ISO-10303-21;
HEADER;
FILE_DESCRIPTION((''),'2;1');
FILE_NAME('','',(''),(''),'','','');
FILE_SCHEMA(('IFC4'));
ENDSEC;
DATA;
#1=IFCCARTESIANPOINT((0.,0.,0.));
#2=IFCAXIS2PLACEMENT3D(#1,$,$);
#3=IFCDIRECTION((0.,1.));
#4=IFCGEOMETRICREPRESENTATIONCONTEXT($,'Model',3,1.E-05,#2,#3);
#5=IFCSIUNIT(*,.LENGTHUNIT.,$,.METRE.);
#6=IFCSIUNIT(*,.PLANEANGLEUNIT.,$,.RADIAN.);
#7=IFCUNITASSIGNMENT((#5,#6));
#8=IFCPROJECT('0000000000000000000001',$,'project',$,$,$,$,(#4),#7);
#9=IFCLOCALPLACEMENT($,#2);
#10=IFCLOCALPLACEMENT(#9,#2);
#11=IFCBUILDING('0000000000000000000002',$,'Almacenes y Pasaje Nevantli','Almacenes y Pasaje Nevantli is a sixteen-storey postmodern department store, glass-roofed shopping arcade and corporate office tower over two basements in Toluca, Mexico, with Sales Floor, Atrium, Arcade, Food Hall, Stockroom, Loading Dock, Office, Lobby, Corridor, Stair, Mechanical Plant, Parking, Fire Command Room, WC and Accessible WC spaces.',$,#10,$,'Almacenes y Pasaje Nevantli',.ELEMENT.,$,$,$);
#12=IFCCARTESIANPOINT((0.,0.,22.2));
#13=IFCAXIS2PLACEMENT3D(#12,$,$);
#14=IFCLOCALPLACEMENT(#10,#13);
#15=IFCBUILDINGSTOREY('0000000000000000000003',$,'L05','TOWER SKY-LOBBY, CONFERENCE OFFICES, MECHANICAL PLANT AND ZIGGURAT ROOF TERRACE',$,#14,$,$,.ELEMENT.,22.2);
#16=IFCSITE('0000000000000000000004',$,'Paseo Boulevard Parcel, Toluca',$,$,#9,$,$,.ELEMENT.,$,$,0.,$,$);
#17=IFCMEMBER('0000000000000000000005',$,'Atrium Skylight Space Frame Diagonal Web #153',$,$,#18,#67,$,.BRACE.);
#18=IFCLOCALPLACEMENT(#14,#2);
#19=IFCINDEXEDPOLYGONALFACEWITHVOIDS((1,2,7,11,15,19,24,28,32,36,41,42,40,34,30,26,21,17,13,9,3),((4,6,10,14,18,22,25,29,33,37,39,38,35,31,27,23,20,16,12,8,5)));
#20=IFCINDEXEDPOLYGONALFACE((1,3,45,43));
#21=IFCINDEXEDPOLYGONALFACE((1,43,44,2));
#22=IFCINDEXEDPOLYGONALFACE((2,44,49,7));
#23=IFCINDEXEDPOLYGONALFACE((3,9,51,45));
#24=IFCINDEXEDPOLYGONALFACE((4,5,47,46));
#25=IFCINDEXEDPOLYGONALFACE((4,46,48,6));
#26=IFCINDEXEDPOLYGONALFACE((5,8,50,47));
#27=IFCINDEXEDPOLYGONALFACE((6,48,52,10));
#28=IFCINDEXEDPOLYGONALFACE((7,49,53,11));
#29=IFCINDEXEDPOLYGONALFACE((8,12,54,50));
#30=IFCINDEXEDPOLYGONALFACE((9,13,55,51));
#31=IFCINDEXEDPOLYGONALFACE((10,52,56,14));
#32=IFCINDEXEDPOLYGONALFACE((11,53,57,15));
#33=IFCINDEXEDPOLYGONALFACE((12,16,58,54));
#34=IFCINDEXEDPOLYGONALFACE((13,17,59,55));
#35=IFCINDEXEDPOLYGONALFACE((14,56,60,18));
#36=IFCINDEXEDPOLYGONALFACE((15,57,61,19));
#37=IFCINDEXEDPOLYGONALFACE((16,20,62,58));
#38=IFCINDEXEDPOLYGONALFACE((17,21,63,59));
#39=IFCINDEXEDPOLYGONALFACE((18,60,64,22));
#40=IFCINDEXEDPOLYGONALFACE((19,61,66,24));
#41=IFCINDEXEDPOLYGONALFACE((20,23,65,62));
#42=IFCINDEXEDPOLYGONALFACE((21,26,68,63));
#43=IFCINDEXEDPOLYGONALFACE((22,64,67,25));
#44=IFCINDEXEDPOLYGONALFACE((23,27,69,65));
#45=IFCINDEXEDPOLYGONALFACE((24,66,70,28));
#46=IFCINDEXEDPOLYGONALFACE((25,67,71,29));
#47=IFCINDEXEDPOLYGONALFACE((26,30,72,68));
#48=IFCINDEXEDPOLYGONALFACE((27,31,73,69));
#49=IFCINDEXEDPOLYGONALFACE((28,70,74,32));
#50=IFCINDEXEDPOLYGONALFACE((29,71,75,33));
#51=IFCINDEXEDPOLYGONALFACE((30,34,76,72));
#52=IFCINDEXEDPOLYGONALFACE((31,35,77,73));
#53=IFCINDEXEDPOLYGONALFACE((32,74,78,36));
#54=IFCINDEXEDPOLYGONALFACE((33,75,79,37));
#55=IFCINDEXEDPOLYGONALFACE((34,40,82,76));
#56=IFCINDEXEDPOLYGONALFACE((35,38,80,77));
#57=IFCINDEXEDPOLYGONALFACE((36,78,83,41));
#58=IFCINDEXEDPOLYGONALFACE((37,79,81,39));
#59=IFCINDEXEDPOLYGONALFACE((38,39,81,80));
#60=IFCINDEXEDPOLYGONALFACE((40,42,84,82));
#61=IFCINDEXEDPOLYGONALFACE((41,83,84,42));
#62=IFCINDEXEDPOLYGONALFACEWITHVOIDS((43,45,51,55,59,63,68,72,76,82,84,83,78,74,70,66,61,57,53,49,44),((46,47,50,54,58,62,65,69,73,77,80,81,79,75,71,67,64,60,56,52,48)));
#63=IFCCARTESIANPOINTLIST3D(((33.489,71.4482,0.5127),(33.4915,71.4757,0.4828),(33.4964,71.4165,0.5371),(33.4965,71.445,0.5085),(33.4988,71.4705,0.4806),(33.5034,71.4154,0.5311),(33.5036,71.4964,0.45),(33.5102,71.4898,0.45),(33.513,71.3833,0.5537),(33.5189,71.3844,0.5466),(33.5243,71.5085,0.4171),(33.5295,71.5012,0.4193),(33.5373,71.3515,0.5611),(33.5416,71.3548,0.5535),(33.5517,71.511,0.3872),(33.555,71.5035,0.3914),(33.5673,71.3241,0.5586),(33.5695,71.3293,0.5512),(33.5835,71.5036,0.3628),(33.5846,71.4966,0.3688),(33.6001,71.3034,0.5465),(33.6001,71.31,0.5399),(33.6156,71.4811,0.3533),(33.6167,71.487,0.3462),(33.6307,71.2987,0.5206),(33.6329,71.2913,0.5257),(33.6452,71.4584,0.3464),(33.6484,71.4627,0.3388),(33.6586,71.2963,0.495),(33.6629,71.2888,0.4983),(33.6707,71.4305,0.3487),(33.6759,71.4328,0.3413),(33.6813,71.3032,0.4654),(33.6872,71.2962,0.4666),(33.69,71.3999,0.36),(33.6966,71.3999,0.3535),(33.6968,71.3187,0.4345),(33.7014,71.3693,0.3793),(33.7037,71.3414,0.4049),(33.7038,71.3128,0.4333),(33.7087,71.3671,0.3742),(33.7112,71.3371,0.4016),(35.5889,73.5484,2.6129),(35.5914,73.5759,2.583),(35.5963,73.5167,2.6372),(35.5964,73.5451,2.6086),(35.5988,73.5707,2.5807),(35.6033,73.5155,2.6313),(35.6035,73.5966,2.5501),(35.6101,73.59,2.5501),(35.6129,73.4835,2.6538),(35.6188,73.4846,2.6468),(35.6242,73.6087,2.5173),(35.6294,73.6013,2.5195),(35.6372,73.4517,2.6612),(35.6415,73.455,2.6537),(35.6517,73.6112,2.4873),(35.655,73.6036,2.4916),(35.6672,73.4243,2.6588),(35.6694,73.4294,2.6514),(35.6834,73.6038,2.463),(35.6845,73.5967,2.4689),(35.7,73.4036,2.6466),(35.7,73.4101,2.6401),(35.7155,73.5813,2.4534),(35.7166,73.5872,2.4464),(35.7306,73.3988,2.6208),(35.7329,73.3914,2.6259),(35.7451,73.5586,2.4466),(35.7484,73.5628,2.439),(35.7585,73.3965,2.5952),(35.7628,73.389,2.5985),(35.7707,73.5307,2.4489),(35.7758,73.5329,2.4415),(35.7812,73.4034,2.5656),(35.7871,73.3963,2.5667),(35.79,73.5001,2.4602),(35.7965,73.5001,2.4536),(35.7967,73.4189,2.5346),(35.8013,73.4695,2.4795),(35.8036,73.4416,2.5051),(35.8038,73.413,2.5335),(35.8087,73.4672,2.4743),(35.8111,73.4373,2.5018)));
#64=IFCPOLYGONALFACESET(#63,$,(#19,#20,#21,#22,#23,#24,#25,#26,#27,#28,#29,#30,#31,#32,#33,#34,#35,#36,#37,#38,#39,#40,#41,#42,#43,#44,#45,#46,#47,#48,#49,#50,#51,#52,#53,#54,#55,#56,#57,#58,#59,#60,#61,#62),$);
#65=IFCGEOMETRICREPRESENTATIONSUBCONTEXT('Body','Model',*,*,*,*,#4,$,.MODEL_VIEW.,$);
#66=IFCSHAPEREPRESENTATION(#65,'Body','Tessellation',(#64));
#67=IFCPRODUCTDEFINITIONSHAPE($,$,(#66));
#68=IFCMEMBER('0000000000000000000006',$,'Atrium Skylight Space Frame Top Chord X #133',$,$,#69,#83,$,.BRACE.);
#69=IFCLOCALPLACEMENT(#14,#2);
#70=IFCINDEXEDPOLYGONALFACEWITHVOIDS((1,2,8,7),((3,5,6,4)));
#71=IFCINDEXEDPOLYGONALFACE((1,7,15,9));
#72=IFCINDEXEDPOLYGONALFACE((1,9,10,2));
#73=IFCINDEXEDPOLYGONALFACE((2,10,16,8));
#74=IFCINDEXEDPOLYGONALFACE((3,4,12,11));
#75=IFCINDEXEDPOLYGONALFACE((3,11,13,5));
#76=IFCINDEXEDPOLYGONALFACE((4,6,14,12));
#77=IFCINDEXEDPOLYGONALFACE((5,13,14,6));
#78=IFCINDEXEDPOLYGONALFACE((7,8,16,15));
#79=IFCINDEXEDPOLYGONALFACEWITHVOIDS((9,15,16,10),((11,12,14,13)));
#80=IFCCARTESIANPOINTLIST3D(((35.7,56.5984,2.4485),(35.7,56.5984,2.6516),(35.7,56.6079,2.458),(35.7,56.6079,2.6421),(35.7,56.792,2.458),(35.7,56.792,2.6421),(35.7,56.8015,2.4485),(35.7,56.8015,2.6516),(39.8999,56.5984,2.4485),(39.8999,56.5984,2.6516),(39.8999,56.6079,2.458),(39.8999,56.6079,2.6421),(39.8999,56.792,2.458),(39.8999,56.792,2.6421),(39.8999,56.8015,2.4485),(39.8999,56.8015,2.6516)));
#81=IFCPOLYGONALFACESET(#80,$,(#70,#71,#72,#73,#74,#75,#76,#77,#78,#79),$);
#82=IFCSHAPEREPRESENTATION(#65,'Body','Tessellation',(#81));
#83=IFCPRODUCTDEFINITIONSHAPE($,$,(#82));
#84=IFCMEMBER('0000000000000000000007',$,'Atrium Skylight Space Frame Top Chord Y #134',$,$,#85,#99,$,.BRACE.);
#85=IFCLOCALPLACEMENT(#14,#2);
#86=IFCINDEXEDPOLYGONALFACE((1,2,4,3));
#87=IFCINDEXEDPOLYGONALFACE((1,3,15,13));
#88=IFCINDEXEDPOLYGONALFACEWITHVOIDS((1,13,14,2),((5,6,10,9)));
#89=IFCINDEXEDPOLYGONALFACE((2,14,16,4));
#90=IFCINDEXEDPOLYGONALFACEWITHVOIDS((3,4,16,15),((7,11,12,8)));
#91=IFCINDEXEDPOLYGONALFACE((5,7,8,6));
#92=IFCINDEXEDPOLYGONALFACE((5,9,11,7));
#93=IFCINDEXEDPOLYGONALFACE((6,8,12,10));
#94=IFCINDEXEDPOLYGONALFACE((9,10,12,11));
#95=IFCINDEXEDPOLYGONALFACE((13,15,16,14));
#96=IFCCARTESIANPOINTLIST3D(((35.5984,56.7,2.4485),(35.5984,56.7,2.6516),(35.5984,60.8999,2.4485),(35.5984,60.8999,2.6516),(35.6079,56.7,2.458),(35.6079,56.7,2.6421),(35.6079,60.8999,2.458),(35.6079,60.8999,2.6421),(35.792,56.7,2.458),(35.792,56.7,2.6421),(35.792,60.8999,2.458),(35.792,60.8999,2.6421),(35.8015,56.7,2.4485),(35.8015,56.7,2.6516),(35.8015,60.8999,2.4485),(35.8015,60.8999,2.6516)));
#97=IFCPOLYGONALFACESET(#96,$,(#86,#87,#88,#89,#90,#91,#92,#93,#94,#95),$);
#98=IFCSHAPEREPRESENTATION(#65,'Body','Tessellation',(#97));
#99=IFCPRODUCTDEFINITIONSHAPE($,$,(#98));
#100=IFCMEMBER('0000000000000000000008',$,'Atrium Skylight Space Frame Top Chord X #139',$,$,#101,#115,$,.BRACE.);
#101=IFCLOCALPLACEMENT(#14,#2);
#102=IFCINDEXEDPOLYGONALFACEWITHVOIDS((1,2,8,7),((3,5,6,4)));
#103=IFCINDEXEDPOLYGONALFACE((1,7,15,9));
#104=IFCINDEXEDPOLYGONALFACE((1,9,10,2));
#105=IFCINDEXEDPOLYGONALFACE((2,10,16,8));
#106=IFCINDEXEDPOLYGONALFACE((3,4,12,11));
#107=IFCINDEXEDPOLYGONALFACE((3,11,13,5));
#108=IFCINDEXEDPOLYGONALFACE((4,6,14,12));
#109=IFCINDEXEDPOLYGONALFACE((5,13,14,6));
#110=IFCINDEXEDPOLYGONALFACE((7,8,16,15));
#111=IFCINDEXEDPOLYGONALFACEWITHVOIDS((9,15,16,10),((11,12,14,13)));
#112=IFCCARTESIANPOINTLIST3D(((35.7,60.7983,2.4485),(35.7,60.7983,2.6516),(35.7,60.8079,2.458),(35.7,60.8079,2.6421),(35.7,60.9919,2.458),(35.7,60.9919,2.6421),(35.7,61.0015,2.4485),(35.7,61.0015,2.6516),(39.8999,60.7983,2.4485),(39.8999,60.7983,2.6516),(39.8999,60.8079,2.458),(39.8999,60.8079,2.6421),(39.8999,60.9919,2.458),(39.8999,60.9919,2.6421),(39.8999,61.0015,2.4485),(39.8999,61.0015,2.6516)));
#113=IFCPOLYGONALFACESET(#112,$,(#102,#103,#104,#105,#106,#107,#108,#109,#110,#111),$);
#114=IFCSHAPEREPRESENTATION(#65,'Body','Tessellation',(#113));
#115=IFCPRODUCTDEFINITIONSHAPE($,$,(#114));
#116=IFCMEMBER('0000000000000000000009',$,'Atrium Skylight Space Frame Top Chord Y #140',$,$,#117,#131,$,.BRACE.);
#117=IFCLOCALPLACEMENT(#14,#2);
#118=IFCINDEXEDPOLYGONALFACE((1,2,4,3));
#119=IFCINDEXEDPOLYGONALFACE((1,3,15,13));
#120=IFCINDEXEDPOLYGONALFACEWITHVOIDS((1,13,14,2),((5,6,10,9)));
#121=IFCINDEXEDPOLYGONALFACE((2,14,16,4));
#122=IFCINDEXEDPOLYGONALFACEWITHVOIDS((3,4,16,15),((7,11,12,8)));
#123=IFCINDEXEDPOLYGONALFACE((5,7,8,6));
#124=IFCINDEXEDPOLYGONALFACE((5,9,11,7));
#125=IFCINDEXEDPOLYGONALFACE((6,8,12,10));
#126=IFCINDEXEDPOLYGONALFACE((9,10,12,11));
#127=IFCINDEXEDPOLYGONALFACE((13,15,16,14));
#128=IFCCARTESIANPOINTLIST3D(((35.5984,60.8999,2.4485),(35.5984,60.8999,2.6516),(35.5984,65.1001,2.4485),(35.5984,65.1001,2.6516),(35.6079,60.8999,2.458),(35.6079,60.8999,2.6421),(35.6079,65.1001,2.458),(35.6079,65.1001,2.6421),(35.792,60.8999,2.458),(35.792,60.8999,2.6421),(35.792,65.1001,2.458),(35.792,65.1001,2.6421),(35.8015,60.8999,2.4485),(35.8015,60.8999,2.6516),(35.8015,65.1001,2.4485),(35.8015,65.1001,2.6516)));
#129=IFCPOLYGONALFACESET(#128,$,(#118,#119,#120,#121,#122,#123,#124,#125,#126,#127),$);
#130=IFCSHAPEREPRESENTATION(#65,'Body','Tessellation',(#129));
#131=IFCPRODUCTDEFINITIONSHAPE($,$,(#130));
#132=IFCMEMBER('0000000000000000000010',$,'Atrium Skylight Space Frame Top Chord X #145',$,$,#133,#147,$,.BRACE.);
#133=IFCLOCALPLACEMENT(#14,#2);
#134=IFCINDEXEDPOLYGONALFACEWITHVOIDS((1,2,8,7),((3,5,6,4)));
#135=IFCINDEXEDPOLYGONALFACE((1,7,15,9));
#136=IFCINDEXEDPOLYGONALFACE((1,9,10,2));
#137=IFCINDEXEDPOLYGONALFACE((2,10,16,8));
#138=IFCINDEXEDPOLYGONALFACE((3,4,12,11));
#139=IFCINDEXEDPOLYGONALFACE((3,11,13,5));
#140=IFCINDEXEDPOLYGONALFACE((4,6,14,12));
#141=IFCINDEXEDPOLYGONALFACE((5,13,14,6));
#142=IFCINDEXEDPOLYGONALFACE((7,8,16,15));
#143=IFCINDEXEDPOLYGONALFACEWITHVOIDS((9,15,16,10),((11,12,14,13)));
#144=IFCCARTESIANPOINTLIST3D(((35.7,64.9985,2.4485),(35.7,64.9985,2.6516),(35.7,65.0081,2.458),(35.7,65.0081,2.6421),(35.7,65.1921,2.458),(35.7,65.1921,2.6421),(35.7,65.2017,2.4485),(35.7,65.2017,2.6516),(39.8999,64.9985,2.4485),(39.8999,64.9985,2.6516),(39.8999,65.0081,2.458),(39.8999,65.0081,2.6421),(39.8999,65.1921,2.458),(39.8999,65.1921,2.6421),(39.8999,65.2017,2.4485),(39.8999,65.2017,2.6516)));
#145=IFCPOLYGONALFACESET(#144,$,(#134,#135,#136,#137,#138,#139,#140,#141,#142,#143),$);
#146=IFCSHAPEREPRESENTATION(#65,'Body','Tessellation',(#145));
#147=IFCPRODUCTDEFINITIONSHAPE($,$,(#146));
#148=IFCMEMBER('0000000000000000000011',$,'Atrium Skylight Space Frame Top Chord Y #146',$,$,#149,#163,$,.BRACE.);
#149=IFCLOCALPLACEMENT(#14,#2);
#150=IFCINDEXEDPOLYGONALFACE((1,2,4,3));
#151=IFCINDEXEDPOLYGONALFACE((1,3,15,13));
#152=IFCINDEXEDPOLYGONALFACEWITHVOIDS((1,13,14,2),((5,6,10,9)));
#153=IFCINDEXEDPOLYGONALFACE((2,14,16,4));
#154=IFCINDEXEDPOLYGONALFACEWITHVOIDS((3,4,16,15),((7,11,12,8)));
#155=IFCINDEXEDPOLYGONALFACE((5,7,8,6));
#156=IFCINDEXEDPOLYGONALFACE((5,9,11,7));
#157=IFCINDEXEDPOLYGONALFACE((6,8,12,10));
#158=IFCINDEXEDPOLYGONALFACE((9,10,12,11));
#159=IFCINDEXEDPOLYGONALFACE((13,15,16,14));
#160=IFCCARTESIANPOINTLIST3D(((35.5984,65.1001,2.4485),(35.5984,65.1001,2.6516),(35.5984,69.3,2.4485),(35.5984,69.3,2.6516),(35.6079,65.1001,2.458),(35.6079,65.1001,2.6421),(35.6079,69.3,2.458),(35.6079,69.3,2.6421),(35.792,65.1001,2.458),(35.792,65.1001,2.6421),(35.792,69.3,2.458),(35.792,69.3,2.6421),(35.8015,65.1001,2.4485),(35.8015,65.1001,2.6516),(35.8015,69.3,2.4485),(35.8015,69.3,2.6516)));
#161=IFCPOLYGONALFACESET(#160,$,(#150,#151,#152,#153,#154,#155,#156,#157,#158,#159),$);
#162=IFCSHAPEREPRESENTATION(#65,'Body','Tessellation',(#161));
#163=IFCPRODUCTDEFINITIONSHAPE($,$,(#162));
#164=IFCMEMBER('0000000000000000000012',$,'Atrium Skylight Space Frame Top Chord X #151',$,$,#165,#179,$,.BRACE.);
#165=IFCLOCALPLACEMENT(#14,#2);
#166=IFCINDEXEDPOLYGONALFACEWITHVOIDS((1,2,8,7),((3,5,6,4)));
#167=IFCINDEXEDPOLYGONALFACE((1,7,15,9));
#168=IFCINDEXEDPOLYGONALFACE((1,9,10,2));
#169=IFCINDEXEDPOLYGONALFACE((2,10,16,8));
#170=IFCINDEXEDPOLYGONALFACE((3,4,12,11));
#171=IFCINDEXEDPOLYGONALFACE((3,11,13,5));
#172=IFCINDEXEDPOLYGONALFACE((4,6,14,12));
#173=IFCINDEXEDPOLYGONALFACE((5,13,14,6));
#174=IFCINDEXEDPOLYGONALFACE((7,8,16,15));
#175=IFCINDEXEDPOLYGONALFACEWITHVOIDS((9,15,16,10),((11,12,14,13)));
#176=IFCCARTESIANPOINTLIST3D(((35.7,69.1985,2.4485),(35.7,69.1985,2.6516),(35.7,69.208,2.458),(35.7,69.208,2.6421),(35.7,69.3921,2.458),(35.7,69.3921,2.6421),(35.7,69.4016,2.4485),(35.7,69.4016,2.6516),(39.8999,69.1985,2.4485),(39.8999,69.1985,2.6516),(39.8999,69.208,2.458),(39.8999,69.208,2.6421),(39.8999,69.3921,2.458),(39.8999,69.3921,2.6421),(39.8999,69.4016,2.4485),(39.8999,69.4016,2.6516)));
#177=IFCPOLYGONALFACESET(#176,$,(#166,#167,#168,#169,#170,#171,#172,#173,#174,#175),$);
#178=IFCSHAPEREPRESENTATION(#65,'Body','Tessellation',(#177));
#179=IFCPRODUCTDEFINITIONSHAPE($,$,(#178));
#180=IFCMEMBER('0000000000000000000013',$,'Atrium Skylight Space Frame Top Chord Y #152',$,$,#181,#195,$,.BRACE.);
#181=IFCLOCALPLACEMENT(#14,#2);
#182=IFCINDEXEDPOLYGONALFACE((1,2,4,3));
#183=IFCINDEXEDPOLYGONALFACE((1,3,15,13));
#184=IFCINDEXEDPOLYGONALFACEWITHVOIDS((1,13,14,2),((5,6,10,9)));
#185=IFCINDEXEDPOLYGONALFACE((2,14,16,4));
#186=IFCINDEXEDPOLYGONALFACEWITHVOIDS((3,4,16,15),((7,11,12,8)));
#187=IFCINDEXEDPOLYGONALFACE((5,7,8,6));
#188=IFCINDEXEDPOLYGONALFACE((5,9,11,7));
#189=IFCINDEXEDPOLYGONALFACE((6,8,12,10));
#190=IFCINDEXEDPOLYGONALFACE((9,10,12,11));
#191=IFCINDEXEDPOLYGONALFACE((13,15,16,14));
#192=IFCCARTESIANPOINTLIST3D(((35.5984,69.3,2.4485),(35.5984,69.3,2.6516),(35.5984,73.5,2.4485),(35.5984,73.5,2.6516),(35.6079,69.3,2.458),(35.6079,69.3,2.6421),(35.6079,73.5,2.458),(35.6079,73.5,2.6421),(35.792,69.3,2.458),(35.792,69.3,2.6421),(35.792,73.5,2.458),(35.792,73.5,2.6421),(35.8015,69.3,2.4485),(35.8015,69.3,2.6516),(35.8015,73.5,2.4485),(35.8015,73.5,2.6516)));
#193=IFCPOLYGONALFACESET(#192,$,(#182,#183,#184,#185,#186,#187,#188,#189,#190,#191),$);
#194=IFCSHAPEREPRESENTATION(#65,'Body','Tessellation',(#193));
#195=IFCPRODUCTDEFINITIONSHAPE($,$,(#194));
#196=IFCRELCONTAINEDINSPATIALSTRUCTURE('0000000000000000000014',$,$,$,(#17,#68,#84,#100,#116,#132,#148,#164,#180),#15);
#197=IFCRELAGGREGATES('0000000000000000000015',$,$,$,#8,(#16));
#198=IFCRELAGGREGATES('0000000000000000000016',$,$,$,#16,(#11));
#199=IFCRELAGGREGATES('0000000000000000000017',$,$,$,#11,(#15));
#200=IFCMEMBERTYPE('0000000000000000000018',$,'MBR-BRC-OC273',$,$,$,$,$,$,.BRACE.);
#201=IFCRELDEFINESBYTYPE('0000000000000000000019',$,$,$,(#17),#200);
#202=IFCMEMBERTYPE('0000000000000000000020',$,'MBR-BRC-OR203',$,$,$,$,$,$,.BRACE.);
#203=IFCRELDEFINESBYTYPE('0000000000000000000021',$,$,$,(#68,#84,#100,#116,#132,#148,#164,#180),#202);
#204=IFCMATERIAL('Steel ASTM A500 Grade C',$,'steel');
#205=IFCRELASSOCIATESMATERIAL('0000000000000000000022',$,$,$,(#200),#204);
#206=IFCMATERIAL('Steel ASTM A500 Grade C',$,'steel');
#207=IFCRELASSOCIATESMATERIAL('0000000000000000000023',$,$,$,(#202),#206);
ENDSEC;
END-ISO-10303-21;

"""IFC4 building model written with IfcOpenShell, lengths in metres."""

from ifc_helpers import new_model, si_unit, direction, frame, origin, origin_2d, place, context, subcontext, project, spatial, hollow_rectangle, hollow_circle, extrude, material, material_profile, profile_set, type_object, element, save


model = new_model("IFC4")

# Units and contexts
model_context = context("Model", 3, precision=1e-05, world=origin(), true_north=direction((0.0, 1.0)))
body_context = subcontext(model_context, "Body", "Model", "MODEL_VIEW")
ifc_project = project(units=[si_unit("LENGTHUNIT", "METRE"), si_unit("PLANEANGLEUNIT", "RADIAN")], contexts=[model_context])

# Site, building, storey
site_placement = place(None, origin())
site = spatial("IfcSite", under=ifc_project, at=site_placement, Name="Paseo Boulevard Parcel, Toluca", CompositionType="ELEMENT", RefElevation=0.0)
building_placement = place(site_placement, origin())
building = spatial("IfcBuilding", under=site, at=building_placement, Name="Almacenes y Pasaje Nevantli", Description="Almacenes y Pasaje Nevantli is a sixteen-storey postmodern department store, glass-roofed shopping arcade and corporate office tower over two basements in Toluca, Mexico, with Sales Floor, Atrium, Arcade, Food Hall, Stockroom, Loading Dock, Office, Lobby, Corridor, Stair, Mechanical Plant, Parking, Fire Command Room, WC and Accessible WC spaces.", LongName="Almacenes y Pasaje Nevantli", CompositionType="ELEMENT")
storey_placement = place(building_placement, frame((0.0, 0.0, 22.2)))
storey = spatial("IfcBuildingStorey", under=building, at=storey_placement, Name="L05", Description="TOWER SKY-LOBBY, CONFERENCE OFFICES, MECHANICAL PLANT AND ZIGGURAT ROOF TERRACE", CompositionType="ELEMENT", Elevation=22.2)

# Members
ifc_material_1 = material(Name="Steel ASTM A500 Grade C", Category="steel")
ifc_material_profile_1 = material_profile(ifc_material_1, hollow_circle(Radius=0.1365, WallThickness=0.0093, at=origin_2d()), Name="OC 273x9.3")
ifc_profile_set_1 = profile_set([ifc_material_profile_1], Name="Steel ASTM A500 Grade C")
member_type_1 = type_object("IfcMemberType", Name="MBR-BRC-OC273", PredefinedType="BRACE", material=ifc_profile_set_1)
member_1_placement = place(storey_placement, frame((33.6001, 71.3999, 0.45), z_axis=(0.577306, 0.577373, 0.577373), x_axis=(-0.707148, 0.707066, 0.0)))
element("IfcMember", 1, at=member_1_placement, inside=storey, type_object=member_type_1, Name="Atrium Skylight Space Frame Diagonal Web #153", PredefinedType="BRACE", context=body_context, shape_type="SweptSolid", body=[
    extrude(hollow_circle(Radius=0.1365, WallThickness=0.0093, at=origin_2d()), origin(), (0.0, 0.0, 1.0), 3.6375),
])
ifc_material_2 = material(Name="Steel ASTM A500 Grade C", Category="steel")
ifc_material_profile_2 = material_profile(ifc_material_2, hollow_rectangle(XDim=0.2031, YDim=0.2031, WallThickness=0.0095, at=origin_2d()), Name="OR 203x203x9.5")
ifc_profile_set_2 = profile_set([ifc_material_profile_2], Name="Steel ASTM A500 Grade C")
member_type_2 = type_object("IfcMemberType", Name="MBR-BRC-OR203", PredefinedType="BRACE", material=ifc_profile_set_2)
for number, where, z_axis, x_axis, name in (
    (2, (35.7, 56.7, 2.55), (1.0, 0.0, 0.0), (0.0, 1.0, 0.0), "Atrium Skylight Space Frame Top Chord X #133"),
    (3, (35.7, 56.7, 2.55), (0.0, 1.0, 0.0), (-1.0, 0.0, 0.0), "Atrium Skylight Space Frame Top Chord Y #134"),
    (4, (35.7, 60.8999, 2.55), (1.0, 0.0, 0.0), (0.0, 1.0, 0.0), "Atrium Skylight Space Frame Top Chord X #139"),
):
    element("IfcMember", number, at=place(storey_placement, frame(where, z_axis=z_axis, x_axis=x_axis)), inside=storey, type_object=member_type_2, Name=name, PredefinedType="BRACE", context=body_context, shape_type="SweptSolid", body=[
        extrude(hollow_rectangle(XDim=0.2031, YDim=0.2031, WallThickness=0.0095, at=origin_2d()), origin(), (0.0, 0.0, 1.0), 4.2),
    ])
member_2_placement = place(storey_placement, frame((35.7, 60.8999, 2.55), z_axis=(0.0, 1.0, 0.0), x_axis=(-1.0, 0.0, 0.0)))
element("IfcMember", 5, at=member_2_placement, inside=storey, type_object=member_type_2, Name="Atrium Skylight Space Frame Top Chord Y #140", PredefinedType="BRACE", context=body_context, shape_type="SweptSolid", body=[
    extrude(hollow_rectangle(XDim=0.2031, YDim=0.2031, WallThickness=0.0095, at=origin_2d()), origin(), (0.0, 0.0, 1.0), 4.2002),
])
for number, where, z_axis, x_axis, name in (
    (6, (35.7, 65.1001, 2.55), (1.0, 0.0, 0.0), (0.0, 1.0, 0.0), "Atrium Skylight Space Frame Top Chord X #145"),
    (7, (35.7, 65.1001, 2.55), (0.0, 1.0, 0.0), (-1.0, 0.0, 0.0), "Atrium Skylight Space Frame Top Chord Y #146"),
    (8, (35.7, 69.3, 2.55), (1.0, 0.0, 0.0), (0.0, 1.0, 0.0), "Atrium Skylight Space Frame Top Chord X #151"),
    (9, (35.7, 69.3, 2.55), (0.0, 1.0, 0.0), (-1.0, 0.0, 0.0), "Atrium Skylight Space Frame Top Chord Y #152"),
):
    element("IfcMember", number, at=place(storey_placement, frame(where, z_axis=z_axis, x_axis=x_axis)), inside=storey, type_object=member_type_2, Name=name, PredefinedType="BRACE", context=body_context, shape_type="SweptSolid", body=[
        extrude(hollow_rectangle(XDim=0.2031, YDim=0.2031, WallThickness=0.0095, at=origin_2d()), origin(), (0.0, 0.0, 1.0), 4.2),
    ])

save(model, "model.ifc")
